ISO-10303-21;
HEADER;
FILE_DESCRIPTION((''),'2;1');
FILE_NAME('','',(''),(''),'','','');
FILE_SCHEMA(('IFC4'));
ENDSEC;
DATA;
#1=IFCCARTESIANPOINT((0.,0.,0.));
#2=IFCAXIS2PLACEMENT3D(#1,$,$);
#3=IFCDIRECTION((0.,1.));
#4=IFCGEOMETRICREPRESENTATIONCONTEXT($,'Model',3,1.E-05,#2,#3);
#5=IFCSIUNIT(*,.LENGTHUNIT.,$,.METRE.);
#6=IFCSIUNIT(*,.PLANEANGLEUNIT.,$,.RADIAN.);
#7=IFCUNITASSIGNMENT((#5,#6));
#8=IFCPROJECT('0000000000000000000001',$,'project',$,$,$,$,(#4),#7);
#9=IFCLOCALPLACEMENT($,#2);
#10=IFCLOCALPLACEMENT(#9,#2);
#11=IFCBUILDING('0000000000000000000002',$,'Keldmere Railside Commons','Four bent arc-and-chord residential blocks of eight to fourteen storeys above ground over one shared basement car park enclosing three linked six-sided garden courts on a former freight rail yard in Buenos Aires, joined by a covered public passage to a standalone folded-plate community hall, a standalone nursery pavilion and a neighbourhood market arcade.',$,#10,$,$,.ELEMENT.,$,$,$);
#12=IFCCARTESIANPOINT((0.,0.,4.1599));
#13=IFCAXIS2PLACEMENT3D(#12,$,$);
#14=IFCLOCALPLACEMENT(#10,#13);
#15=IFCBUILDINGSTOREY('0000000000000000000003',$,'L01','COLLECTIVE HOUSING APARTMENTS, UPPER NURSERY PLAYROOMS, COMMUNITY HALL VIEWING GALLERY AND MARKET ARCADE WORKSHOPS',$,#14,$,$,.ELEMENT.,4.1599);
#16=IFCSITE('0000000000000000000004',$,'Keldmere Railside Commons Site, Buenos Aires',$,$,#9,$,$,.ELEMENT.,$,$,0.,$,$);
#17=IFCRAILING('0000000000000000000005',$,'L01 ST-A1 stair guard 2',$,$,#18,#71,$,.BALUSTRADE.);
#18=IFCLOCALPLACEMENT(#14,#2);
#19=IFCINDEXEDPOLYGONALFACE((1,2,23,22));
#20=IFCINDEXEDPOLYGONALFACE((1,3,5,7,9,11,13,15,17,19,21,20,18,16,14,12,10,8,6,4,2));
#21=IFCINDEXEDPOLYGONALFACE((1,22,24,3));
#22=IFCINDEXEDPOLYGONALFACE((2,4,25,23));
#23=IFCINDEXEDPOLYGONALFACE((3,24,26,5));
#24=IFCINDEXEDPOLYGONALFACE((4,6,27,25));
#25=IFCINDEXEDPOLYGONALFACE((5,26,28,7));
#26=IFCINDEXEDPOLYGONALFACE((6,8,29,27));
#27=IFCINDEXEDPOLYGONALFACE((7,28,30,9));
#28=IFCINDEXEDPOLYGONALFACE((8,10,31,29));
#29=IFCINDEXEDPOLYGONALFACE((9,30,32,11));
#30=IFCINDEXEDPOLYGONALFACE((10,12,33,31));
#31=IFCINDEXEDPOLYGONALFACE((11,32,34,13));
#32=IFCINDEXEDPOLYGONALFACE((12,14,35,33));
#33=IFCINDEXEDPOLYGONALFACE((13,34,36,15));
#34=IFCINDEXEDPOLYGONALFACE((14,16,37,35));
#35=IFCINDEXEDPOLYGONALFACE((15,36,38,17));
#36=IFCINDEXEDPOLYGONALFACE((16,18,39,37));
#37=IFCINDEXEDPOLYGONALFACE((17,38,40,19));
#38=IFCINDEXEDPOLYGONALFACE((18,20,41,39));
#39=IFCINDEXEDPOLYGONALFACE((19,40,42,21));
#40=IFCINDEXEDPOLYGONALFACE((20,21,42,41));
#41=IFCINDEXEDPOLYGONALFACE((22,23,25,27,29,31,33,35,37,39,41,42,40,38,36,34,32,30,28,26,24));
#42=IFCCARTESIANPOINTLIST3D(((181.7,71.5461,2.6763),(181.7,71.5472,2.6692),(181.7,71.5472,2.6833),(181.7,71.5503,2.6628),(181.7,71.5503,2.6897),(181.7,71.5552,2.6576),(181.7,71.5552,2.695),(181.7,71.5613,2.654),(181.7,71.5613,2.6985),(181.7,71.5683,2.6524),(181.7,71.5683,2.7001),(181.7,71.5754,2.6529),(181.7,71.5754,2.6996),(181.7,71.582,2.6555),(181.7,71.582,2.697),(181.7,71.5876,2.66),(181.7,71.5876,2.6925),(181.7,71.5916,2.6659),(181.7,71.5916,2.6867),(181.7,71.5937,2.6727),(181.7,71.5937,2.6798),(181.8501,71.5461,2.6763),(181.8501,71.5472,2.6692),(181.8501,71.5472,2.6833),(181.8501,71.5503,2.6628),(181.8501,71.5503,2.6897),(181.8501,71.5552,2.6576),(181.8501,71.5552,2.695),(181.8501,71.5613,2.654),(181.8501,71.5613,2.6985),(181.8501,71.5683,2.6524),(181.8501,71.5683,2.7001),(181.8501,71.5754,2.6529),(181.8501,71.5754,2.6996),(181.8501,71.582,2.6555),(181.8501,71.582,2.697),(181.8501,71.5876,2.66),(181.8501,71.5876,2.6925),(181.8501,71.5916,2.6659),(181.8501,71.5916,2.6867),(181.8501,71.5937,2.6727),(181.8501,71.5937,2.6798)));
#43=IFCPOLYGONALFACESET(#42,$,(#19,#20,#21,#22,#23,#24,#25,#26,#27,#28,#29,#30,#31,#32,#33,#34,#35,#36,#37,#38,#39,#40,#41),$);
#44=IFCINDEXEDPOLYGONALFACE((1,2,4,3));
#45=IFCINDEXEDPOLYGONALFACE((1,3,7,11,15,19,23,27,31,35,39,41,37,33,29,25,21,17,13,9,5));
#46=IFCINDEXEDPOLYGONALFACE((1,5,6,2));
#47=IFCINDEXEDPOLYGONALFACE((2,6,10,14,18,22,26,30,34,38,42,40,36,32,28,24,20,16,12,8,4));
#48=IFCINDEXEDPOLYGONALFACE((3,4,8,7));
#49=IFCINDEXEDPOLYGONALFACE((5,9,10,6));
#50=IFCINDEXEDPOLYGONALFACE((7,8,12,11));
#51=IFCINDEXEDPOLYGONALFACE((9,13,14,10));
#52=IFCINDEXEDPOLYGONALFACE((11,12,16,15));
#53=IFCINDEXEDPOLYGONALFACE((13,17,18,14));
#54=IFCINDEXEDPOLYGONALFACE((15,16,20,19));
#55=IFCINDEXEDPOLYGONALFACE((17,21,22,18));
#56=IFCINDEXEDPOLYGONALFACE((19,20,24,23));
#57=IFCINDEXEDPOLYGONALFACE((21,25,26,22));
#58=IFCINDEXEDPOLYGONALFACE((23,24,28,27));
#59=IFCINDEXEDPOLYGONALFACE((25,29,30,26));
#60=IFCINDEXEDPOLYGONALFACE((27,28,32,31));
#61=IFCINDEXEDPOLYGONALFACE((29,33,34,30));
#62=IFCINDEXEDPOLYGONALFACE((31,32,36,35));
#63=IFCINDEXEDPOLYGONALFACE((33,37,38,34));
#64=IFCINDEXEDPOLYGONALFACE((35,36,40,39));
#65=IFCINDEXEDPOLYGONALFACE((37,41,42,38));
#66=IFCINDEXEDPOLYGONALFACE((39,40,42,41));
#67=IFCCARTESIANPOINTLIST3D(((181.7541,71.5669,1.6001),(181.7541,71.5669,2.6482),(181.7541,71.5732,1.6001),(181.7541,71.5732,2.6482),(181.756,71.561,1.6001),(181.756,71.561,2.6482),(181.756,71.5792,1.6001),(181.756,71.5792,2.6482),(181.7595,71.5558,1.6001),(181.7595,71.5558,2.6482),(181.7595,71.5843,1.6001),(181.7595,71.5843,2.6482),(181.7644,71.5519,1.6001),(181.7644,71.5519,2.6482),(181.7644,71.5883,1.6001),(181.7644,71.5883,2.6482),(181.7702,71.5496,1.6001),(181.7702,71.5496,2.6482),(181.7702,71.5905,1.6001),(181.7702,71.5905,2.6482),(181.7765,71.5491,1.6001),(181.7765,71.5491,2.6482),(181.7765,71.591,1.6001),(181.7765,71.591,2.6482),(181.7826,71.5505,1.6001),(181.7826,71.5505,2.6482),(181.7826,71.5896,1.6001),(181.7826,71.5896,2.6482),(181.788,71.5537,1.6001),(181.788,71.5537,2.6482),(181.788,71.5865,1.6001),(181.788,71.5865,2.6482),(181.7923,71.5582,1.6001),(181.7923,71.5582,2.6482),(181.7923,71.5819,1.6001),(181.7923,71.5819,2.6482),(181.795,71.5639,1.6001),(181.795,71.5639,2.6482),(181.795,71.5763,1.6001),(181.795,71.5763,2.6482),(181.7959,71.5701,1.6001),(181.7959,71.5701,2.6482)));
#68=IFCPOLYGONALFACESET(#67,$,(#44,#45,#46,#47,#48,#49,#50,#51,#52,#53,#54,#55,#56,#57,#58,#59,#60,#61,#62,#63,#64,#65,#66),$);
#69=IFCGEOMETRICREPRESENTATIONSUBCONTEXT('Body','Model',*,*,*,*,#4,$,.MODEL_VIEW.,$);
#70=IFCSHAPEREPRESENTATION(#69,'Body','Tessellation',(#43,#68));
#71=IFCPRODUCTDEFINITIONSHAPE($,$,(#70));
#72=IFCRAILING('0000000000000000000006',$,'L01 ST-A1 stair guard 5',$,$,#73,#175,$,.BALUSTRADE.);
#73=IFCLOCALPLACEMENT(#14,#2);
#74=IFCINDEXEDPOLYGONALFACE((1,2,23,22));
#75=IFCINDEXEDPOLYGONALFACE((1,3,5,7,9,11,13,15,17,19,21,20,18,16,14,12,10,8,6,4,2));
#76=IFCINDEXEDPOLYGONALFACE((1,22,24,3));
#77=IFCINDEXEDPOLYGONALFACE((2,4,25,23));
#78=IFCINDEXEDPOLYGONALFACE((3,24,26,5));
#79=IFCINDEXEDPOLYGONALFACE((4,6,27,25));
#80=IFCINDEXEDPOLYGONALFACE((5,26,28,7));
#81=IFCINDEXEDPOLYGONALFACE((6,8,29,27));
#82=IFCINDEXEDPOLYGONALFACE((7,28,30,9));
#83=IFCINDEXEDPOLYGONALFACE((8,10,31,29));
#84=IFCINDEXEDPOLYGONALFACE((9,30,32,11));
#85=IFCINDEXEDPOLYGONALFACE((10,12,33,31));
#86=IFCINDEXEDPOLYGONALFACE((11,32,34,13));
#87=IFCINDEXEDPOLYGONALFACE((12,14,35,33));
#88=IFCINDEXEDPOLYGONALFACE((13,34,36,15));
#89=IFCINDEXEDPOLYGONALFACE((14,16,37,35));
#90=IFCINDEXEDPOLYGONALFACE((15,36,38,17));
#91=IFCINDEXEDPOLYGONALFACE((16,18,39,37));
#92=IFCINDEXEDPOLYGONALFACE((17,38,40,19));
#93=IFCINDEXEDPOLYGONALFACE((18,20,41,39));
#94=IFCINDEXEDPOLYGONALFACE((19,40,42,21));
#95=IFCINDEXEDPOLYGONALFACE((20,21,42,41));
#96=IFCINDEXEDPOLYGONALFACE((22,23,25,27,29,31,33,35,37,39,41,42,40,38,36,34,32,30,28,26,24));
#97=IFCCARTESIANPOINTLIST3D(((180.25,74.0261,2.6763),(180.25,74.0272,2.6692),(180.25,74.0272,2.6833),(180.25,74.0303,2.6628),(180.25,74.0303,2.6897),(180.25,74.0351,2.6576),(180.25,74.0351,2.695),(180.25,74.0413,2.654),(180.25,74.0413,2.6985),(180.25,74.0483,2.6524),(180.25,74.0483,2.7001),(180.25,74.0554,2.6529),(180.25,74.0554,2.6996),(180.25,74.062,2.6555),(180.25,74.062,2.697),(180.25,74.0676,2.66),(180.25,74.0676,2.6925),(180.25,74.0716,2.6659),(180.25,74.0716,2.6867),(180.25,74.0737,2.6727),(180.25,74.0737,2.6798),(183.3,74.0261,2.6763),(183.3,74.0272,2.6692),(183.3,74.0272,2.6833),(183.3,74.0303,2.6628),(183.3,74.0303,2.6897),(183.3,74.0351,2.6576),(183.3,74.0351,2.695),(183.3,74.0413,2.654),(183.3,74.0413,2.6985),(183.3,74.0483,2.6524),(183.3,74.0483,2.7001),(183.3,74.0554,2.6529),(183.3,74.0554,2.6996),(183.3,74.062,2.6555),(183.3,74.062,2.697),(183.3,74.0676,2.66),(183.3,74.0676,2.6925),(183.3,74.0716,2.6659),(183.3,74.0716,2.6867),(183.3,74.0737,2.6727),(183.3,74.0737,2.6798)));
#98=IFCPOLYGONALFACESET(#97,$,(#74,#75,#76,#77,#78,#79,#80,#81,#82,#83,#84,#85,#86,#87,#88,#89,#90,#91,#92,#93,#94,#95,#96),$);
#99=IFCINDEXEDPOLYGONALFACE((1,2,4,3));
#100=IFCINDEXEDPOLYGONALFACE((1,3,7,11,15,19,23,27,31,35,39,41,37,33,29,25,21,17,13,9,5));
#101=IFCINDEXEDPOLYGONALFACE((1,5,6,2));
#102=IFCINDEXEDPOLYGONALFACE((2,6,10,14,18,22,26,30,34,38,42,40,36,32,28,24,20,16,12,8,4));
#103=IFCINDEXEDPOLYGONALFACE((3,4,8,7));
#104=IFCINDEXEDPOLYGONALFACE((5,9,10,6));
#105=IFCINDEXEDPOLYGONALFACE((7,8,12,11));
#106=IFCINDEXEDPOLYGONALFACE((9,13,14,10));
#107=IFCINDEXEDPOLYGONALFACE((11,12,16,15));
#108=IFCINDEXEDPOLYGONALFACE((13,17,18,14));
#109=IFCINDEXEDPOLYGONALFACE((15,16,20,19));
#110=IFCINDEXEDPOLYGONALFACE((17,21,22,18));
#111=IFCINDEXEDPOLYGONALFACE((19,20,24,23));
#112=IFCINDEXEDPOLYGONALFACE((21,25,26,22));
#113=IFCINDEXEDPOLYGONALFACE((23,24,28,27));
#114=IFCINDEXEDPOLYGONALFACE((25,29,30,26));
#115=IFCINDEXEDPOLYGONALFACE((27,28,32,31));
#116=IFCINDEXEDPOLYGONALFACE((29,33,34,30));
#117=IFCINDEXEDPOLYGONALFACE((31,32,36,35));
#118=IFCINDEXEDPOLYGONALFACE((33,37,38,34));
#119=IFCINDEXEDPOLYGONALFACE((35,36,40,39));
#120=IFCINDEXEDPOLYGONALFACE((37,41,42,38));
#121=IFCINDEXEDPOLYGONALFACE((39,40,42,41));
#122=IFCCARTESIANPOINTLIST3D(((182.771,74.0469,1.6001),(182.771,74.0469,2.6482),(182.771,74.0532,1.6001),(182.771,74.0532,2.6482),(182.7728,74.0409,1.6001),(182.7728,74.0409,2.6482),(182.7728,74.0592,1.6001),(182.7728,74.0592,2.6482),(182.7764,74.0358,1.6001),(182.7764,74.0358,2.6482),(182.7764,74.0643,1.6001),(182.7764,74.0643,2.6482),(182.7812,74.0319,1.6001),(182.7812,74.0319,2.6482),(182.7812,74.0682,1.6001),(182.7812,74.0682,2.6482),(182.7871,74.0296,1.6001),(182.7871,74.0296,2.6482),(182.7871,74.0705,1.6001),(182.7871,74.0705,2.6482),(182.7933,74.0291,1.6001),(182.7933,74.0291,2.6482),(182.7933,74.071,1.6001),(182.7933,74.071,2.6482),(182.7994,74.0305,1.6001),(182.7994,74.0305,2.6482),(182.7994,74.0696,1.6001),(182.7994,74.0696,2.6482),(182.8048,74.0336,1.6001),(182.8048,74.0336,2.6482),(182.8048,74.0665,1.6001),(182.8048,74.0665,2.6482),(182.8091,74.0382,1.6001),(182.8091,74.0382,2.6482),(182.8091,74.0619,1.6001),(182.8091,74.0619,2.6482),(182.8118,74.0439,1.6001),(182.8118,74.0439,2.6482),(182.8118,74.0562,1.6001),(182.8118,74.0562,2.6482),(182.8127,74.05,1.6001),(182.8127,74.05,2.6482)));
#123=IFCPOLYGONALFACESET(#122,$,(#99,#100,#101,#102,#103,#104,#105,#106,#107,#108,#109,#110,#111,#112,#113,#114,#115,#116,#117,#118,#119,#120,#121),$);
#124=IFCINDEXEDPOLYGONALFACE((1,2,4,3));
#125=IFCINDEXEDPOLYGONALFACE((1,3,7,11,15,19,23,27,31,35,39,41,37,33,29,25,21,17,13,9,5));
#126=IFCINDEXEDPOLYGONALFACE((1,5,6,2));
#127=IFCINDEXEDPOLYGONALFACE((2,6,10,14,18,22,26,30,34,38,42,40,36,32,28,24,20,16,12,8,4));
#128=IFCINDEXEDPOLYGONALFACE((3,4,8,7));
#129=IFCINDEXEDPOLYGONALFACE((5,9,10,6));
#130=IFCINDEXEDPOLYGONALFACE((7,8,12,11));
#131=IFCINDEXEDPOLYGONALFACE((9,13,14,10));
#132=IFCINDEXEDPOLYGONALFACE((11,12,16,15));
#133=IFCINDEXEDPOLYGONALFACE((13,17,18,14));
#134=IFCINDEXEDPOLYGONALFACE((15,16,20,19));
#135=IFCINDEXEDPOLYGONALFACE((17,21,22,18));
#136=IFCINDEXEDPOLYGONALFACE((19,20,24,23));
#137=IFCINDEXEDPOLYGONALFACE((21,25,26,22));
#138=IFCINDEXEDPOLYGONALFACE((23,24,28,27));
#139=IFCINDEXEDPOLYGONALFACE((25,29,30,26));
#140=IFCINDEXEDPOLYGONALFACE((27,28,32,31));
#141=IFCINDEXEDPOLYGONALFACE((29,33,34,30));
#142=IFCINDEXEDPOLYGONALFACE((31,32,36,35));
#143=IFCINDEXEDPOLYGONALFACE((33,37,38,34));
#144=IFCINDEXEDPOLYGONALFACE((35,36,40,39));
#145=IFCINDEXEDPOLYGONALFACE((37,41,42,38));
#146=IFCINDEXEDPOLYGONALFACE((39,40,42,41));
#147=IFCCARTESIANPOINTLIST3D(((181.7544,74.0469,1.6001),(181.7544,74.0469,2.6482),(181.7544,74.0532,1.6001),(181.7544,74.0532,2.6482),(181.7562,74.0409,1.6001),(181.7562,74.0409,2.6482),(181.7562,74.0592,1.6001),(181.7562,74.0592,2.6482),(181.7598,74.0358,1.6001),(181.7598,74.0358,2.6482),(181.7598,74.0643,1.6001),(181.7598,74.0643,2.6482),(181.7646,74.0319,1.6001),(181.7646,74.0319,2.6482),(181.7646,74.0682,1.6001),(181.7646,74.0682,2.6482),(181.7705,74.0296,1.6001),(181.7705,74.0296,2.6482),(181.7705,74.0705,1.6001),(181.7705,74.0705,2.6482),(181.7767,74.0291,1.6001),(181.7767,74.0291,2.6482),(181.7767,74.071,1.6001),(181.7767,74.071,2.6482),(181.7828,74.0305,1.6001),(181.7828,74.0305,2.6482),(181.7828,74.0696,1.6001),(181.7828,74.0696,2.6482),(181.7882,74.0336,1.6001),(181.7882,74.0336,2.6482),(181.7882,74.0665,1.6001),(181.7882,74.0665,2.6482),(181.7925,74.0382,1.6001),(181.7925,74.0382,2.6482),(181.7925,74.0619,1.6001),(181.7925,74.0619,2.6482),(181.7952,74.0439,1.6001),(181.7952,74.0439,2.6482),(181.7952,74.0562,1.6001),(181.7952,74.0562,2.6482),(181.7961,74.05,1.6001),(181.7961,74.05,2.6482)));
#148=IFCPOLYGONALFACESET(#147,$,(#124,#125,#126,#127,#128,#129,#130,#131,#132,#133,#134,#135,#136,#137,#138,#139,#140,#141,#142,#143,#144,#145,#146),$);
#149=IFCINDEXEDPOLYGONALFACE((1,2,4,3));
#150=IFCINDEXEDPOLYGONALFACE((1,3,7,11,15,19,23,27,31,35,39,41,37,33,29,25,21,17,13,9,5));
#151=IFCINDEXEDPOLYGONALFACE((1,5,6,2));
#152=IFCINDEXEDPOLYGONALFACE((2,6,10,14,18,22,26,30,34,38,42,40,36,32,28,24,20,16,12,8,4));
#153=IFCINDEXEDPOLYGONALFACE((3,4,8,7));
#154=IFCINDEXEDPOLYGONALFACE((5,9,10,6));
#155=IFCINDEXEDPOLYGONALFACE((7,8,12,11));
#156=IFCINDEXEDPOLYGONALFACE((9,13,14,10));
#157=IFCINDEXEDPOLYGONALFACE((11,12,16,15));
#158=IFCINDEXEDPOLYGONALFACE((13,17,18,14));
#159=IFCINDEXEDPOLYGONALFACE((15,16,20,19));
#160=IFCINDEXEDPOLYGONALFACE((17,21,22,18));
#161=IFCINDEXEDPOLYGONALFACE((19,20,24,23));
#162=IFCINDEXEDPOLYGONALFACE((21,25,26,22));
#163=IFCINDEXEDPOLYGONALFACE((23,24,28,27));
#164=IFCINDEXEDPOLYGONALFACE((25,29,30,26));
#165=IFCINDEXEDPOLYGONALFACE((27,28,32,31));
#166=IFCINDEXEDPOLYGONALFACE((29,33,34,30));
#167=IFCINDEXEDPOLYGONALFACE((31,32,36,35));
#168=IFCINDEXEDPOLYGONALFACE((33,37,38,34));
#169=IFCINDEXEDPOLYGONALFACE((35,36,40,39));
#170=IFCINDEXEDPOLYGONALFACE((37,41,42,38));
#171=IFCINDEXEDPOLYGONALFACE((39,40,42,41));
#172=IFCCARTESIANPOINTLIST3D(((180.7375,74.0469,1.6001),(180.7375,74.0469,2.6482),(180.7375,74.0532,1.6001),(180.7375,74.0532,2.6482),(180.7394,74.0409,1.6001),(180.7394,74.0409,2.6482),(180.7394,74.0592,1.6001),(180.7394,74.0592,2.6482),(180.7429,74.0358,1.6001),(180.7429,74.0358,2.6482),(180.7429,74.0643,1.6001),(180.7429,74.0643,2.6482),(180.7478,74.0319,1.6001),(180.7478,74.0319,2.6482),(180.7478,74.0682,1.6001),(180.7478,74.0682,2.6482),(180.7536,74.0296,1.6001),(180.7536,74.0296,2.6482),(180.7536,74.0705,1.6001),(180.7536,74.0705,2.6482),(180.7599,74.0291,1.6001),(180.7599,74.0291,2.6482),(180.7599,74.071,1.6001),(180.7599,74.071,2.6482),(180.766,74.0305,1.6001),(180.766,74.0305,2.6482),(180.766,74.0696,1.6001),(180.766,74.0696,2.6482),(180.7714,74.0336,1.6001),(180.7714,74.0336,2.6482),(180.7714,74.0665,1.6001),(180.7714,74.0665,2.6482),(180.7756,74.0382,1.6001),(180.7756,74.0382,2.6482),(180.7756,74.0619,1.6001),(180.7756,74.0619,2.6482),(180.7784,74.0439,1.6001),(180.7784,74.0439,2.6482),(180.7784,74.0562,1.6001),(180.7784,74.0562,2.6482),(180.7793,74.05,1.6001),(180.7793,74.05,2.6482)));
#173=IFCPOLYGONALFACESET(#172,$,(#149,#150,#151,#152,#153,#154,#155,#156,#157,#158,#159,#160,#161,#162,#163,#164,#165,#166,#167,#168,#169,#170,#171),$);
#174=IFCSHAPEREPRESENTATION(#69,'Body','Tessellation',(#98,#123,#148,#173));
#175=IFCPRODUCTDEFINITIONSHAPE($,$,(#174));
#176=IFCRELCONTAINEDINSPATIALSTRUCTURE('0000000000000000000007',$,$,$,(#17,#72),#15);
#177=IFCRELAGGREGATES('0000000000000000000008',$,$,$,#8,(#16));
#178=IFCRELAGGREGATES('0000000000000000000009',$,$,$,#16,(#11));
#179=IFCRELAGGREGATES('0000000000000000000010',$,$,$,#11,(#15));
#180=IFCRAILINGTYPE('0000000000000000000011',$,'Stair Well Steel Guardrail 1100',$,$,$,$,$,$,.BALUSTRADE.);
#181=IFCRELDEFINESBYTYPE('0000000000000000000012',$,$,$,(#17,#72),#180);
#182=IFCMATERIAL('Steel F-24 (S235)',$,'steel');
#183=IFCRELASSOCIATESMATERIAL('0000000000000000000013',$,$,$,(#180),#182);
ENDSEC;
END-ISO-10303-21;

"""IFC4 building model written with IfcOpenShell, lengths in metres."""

from ifc_helpers import new_model, si_unit, direction, frame, origin, origin_2d, place, context, subcontext, project, spatial, circle, extrude, material, type_object, element, save


model = new_model("IFC4")

# Units and contexts
model_context = context("Model", 3, precision=1e-05, world=origin(), true_north=direction((0.0, 1.0)))
body_context = subcontext(model_context, "Body", "Model", "MODEL_VIEW")
ifc_project = project(units=[si_unit("LENGTHUNIT", "METRE"), si_unit("PLANEANGLEUNIT", "RADIAN")], contexts=[model_context])

# Site, building, storey
site_placement = place(None, origin())
site = spatial("IfcSite", under=ifc_project, at=site_placement, Name="Keldmere Railside Commons Site, Buenos Aires", CompositionType="ELEMENT", RefElevation=0.0)
building_placement = place(site_placement, origin())
building = spatial("IfcBuilding", under=site, at=building_placement, Name="Keldmere Railside Commons", Description="Four bent arc-and-chord residential blocks of eight to fourteen storeys above ground over one shared basement car park enclosing three linked six-sided garden courts on a former freight rail yard in Buenos Aires, joined by a covered public passage to a standalone folded-plate community hall, a standalone nursery pavilion and a neighbourhood market arcade.", CompositionType="ELEMENT")
storey_placement = place(building_placement, frame((0.0, 0.0, 4.1599)))
storey = spatial("IfcBuildingStorey", under=building, at=storey_placement, Name="L01", Description="COLLECTIVE HOUSING APARTMENTS, UPPER NURSERY PLAYROOMS, COMMUNITY HALL VIEWING GALLERY AND MARKET ARCADE WORKSHOPS", CompositionType="ELEMENT", Elevation=4.1599)

# Shared definitions
ifc_material_1 = material(Name="Steel F-24 (S235)", Category="steel")

# Railings
railing_type_1 = type_object("IfcRailingType", Name="Stair Well Steel Guardrail 1100", PredefinedType="BALUSTRADE", material=ifc_material_1)
railing_1_placement = place(storey_placement, frame((181.8501, 71.5701, 1.6001)))
element("IfcRailing", 1, at=railing_1_placement, inside=storey, type_object=railing_type_1, Name="L01 ST-A1 stair guard 2", PredefinedType="BALUSTRADE", context=body_context, shape_type="SweptSolid", body=[
    extrude(circle(Radius=0.0239, at=origin_2d()), frame((0.0, 0.0, 1.0762), z_axis=(-1.0, 0.0, 0.0), x_axis=(0.0, -1.0, 0.0)), (0.0, 0.0, 1.0), 0.1501),
    extrude(circle(Radius=0.021, at=origin_2d()), frame((-0.0752, 0.0, 0.0)), (0.0, 0.0, 1.0), 1.0481),
])
railing_2_placement = place(storey_placement, frame((183.3, 74.05, 1.6001)))
element("IfcRailing", 2, at=railing_2_placement, inside=storey, type_object=railing_type_1, Name="L01 ST-A1 stair guard 5", PredefinedType="BALUSTRADE", context=body_context, shape_type="SweptSolid", body=[
    extrude(circle(Radius=0.0239, at=origin_2d()), frame((0.0, 0.0, 1.0762), z_axis=(-1.0, 0.0, 0.0), x_axis=(0.0, -1.0, 0.0)), (0.0, 0.0, 1.0), 3.05),
    extrude(circle(Radius=0.021, at=origin_2d()), frame((-0.5083, 0.0, 0.0)), (0.0, 0.0, 1.0), 1.0481),
    extrude(circle(Radius=0.021, at=origin_2d()), frame((-1.5249, 0.0, 0.0)), (0.0, 0.0, 1.0), 1.0481),
    extrude(circle(Radius=0.021, at=origin_2d()), frame((-2.5417, 0.0, 0.0)), (0.0, 0.0, 1.0), 1.0481),
])

save(model, "model.ifc")
